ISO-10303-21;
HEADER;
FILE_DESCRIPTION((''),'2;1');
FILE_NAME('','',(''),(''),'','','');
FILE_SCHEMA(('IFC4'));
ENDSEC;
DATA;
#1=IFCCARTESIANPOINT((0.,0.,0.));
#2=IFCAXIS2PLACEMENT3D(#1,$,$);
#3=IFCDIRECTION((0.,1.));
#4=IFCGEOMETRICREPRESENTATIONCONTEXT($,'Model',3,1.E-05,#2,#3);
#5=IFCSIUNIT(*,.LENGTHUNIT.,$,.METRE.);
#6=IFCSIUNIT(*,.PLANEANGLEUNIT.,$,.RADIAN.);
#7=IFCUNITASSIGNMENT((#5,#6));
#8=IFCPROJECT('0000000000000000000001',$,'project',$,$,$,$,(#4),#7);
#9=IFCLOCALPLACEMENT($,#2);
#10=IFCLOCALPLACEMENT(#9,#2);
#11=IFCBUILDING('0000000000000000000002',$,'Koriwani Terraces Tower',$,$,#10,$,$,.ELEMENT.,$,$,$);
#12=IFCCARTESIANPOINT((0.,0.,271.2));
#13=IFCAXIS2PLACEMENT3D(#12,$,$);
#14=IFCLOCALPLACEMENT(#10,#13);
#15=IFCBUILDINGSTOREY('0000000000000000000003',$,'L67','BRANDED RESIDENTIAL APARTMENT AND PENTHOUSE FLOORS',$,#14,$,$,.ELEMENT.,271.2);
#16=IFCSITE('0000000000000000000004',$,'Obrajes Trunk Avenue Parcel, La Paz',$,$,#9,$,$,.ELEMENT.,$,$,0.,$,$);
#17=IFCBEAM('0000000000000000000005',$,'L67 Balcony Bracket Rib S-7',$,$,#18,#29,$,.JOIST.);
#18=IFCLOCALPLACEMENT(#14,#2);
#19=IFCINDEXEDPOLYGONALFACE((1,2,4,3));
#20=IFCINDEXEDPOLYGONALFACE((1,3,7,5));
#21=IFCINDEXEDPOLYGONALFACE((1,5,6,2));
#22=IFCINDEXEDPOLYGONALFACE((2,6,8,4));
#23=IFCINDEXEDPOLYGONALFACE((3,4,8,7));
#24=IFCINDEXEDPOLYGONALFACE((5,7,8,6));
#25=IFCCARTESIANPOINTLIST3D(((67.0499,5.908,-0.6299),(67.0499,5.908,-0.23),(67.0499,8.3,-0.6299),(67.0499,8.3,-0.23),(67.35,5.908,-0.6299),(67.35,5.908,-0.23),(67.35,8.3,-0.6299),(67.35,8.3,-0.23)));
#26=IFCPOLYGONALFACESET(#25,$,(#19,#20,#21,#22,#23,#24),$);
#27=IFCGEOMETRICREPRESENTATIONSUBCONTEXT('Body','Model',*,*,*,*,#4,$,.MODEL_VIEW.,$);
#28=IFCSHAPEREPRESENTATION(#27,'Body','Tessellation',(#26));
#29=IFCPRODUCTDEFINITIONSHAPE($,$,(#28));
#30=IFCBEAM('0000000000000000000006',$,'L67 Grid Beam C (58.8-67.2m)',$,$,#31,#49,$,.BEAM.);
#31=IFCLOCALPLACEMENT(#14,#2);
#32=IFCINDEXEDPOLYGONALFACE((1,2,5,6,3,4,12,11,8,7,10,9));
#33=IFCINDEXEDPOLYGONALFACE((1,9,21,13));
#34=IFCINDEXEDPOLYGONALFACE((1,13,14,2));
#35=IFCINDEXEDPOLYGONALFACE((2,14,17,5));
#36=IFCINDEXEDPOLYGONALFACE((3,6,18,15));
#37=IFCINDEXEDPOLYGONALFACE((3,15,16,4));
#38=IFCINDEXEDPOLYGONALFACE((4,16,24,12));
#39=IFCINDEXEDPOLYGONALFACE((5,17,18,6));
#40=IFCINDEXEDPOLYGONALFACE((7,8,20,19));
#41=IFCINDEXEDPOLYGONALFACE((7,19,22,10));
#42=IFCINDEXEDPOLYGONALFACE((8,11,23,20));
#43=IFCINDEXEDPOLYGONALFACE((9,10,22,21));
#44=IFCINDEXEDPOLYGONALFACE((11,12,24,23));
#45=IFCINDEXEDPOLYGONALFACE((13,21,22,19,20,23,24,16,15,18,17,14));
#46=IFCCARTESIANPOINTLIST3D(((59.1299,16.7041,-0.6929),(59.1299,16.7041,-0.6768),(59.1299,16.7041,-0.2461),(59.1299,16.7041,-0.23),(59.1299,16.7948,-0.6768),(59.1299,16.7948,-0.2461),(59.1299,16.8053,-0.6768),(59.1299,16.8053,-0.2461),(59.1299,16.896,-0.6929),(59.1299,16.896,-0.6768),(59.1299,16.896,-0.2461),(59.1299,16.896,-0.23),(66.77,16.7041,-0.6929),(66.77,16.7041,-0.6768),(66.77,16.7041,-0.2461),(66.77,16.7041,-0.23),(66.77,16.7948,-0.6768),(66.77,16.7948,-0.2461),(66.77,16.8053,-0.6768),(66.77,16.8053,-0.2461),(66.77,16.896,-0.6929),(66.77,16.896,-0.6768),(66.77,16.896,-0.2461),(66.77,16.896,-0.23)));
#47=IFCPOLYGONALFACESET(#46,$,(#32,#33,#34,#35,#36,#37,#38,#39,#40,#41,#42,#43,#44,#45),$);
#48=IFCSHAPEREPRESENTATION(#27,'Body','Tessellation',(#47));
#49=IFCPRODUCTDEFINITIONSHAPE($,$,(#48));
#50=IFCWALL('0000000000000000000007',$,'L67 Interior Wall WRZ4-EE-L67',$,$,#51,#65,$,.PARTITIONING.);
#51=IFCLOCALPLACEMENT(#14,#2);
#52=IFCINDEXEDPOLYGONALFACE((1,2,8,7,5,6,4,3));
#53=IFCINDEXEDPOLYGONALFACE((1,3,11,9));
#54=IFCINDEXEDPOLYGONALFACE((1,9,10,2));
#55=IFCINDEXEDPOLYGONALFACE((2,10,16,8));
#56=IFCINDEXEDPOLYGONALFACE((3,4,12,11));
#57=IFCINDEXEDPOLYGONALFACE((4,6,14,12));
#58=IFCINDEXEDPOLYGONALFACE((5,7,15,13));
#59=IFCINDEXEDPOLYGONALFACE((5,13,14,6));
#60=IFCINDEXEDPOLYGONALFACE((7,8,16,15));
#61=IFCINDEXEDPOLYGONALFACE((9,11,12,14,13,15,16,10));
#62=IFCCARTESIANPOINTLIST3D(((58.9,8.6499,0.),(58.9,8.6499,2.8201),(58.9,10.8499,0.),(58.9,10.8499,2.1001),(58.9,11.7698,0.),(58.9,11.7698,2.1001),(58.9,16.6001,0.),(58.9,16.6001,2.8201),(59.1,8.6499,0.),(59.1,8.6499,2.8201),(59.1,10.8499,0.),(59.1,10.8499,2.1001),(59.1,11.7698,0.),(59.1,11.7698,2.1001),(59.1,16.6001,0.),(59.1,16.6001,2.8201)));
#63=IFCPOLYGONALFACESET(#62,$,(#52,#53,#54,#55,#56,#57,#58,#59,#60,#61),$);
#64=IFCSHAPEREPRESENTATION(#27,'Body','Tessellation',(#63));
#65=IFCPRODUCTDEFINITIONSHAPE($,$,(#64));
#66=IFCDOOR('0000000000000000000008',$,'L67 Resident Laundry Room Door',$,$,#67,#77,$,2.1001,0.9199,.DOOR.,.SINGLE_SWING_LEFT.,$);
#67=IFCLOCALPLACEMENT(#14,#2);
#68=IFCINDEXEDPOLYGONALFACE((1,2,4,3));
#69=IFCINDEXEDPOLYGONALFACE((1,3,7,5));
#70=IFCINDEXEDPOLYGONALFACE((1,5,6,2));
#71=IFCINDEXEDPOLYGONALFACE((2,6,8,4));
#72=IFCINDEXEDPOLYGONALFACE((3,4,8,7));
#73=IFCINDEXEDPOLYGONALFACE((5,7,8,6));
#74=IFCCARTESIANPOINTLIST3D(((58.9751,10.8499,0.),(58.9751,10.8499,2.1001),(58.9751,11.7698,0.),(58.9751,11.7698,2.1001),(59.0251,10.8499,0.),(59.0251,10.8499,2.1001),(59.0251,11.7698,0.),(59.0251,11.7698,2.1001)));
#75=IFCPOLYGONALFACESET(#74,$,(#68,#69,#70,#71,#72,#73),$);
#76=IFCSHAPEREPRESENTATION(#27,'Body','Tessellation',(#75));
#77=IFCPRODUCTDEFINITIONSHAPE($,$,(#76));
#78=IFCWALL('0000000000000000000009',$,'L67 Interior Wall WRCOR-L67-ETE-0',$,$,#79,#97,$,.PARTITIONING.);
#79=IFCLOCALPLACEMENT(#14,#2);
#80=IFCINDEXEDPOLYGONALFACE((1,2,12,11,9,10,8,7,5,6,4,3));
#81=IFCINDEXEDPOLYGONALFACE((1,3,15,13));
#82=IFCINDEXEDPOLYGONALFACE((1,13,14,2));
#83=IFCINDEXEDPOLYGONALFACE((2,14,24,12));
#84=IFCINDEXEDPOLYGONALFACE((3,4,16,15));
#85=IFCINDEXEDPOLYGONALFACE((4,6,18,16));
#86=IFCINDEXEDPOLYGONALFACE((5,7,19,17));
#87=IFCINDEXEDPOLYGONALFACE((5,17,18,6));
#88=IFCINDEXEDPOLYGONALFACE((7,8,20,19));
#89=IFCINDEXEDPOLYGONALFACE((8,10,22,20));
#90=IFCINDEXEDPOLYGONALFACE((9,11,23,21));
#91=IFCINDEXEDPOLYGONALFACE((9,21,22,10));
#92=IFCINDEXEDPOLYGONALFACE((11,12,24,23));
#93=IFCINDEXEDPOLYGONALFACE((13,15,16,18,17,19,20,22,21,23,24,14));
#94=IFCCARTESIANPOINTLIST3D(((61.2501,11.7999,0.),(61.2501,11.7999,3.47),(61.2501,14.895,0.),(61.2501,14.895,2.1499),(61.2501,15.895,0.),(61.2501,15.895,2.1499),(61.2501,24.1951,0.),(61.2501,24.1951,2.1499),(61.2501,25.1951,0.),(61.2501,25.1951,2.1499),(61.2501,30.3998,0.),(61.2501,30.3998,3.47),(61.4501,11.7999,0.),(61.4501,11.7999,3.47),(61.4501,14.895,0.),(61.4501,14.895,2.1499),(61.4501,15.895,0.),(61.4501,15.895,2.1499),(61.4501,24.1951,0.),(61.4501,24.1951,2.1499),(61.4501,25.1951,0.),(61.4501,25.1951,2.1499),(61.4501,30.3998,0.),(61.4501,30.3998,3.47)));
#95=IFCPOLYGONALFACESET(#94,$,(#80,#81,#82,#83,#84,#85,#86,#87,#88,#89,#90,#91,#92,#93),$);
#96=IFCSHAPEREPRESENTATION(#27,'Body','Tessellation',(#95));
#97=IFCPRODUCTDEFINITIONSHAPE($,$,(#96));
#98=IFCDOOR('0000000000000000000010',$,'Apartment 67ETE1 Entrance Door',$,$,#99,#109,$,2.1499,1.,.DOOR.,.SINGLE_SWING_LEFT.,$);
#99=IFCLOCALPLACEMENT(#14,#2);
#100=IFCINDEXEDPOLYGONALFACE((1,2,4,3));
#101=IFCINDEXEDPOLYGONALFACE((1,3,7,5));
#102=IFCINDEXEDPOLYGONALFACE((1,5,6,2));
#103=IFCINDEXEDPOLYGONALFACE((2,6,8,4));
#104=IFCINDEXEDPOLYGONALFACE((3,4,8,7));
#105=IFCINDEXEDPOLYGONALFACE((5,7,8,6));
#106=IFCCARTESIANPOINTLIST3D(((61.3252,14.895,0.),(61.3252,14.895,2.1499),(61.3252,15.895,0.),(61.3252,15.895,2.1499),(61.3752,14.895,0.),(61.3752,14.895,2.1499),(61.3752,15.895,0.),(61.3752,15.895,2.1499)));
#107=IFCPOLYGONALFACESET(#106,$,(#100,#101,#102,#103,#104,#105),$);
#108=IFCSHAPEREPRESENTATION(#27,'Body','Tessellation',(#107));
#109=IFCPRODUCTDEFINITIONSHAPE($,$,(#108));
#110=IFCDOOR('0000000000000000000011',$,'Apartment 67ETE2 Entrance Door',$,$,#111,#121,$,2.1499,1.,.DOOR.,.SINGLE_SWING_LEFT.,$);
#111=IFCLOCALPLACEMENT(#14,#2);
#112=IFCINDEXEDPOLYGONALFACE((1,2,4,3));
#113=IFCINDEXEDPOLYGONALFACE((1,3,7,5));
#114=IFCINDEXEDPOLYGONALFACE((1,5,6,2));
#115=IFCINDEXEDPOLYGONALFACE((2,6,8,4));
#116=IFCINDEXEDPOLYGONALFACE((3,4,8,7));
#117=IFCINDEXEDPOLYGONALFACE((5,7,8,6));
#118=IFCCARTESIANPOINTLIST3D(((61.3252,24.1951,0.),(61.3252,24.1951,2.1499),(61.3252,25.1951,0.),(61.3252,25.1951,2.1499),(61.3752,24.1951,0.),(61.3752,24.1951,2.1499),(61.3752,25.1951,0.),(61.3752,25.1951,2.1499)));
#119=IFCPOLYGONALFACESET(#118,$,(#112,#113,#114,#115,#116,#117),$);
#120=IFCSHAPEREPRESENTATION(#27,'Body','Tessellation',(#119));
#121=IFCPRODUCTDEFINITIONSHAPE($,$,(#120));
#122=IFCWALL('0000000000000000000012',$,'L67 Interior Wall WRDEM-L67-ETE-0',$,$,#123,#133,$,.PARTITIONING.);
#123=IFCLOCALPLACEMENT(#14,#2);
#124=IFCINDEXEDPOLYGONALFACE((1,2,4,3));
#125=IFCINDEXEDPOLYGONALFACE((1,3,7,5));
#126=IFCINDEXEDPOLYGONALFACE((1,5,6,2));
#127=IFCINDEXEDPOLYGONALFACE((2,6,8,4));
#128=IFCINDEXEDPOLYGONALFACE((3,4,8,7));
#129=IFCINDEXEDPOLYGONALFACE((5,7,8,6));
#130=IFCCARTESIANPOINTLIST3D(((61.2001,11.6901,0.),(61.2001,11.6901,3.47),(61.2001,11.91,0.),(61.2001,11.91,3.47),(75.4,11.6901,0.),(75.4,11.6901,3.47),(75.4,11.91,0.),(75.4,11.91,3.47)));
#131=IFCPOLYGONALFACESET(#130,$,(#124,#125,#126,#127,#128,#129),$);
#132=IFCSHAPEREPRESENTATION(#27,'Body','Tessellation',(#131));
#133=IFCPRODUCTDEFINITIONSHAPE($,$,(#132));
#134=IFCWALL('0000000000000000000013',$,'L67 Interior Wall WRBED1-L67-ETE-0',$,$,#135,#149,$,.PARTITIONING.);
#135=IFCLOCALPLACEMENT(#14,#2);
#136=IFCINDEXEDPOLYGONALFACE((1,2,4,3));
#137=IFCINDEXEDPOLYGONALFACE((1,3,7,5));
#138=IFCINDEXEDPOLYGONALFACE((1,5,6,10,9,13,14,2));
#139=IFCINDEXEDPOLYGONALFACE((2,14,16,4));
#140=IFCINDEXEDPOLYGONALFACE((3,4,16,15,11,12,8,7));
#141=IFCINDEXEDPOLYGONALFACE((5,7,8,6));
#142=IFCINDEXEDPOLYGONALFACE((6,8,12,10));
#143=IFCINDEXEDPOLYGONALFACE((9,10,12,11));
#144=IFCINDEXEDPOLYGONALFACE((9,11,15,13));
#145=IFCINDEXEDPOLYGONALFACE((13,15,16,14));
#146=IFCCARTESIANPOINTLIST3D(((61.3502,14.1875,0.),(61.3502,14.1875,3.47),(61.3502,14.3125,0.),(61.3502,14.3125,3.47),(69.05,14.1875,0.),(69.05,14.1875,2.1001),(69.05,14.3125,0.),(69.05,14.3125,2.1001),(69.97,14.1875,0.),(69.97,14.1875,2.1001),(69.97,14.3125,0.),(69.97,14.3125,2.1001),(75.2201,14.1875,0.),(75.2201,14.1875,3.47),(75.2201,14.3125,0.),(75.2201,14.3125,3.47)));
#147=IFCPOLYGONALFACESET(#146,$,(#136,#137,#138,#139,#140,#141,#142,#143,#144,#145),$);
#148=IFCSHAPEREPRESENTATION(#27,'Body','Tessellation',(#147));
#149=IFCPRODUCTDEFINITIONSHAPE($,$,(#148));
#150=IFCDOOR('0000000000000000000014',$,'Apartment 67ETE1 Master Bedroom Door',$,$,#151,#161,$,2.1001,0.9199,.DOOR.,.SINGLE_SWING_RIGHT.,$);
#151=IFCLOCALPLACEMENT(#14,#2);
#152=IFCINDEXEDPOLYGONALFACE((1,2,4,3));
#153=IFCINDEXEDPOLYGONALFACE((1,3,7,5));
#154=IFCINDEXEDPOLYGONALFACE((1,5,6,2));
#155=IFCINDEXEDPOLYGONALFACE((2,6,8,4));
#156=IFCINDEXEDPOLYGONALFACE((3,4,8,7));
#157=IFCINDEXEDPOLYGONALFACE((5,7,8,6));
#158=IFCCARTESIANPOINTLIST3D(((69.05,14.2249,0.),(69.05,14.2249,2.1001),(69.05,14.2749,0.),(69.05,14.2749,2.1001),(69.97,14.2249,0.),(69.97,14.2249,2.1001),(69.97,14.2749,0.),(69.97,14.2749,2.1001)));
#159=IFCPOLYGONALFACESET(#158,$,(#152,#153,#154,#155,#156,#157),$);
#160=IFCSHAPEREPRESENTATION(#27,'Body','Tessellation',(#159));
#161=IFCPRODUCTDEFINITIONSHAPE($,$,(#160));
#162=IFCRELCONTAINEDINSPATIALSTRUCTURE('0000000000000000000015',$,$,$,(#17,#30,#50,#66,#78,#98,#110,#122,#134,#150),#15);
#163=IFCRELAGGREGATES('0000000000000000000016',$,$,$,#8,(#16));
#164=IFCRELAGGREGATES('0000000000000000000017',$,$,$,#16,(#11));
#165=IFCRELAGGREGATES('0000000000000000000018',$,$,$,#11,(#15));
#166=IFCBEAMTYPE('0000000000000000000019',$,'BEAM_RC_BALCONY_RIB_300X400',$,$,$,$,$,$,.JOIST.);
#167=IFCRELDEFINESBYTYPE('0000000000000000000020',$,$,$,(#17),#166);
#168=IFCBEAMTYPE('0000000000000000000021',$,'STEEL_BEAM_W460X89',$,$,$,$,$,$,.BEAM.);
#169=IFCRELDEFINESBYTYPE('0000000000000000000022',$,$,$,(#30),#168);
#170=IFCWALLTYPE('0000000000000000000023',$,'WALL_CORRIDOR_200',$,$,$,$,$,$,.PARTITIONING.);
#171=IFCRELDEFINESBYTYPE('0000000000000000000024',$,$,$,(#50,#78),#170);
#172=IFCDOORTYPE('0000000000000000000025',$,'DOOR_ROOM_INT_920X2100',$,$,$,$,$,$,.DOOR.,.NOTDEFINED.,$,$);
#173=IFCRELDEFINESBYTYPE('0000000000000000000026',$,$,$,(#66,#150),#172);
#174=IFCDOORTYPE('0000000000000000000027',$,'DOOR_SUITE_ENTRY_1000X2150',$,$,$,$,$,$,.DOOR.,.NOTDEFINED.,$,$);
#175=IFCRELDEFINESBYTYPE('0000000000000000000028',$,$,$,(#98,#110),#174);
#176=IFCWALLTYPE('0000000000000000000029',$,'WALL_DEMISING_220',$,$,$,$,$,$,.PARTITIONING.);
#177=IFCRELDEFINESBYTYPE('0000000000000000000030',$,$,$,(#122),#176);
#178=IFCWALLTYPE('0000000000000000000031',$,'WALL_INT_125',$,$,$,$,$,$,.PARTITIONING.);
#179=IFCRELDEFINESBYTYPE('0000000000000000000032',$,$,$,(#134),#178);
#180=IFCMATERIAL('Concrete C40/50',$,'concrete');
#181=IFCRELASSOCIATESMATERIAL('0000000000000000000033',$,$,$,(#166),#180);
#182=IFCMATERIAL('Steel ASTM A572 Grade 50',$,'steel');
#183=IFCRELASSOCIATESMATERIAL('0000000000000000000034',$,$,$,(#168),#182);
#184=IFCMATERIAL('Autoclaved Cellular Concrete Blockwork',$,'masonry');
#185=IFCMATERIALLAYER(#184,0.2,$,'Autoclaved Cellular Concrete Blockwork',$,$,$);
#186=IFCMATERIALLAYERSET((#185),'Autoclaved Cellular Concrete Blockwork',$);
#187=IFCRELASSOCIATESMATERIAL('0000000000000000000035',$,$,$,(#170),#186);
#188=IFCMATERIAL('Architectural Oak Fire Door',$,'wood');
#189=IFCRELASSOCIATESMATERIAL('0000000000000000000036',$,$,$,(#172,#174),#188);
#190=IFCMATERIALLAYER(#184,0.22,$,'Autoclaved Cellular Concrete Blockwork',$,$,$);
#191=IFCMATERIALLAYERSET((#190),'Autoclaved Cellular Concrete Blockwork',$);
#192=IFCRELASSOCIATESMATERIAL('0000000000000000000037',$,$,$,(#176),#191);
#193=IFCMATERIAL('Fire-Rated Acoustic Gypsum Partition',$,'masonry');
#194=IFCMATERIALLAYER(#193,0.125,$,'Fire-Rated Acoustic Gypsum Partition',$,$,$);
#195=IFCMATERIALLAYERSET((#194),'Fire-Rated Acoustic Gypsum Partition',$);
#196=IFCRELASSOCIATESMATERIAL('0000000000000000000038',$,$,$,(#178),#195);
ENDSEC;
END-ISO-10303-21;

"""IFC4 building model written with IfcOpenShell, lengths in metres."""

from ifc_helpers import new_model, si_unit, direction, frame, frame_2d, origin, origin_2d, place, context, subcontext, project, spatial, rectangle, i_section, extrude, material, layer, layer_set, material_profile, profile_set, type_object, element, fill, save


model = new_model("IFC4")

# Units and contexts
model_context = context("Model", 3, precision=1e-05, world=origin(), true_north=direction((0.0, 1.0)))
body_context = subcontext(model_context, "Body", "Model", "MODEL_VIEW")
ifc_project = project(units=[si_unit("LENGTHUNIT", "METRE"), si_unit("PLANEANGLEUNIT", "RADIAN")], contexts=[model_context])

# Site, building, storey
site_placement = place(None, origin())
site = spatial("IfcSite", under=ifc_project, at=site_placement, Name="Obrajes Trunk Avenue Parcel, La Paz", CompositionType="ELEMENT", RefElevation=0.0)
building_placement = place(site_placement, origin())
building = spatial("IfcBuilding", under=site, at=building_placement, Name="Koriwani Terraces Tower", CompositionType="ELEMENT")
storey_placement = place(building_placement, frame((0.0, 0.0, 271.2)))
storey = spatial("IfcBuildingStorey", under=building, at=storey_placement, Name="L67", Description="BRANDED RESIDENTIAL APARTMENT AND PENTHOUSE FLOORS", CompositionType="ELEMENT", Elevation=271.2)

# Beams
ifc_material_1 = material(Name="Concrete C40/50", Category="concrete")
ifc_material_profile_1 = material_profile(ifc_material_1, rectangle(XDim=0.3, YDim=0.3999, at=origin_2d()), Name="Concrete C40/50", Category="LoadBearing")
ifc_profile_set_1 = profile_set([ifc_material_profile_1], Name="Concrete C40/50")
beam_type_1 = type_object("IfcBeamType", Name="BEAM_RC_BALCONY_RIB_300X400", PredefinedType="JOIST", material=ifc_profile_set_1)
beam_1_placement = place(storey_placement, frame((67.2, 5.908, -0.4299), z_axis=(0.0, 1.0, 0.0), x_axis=(-1.0, 0.0, 0.0)))
element("IfcBeam", 1, at=beam_1_placement, inside=storey, type_object=beam_type_1, Name="L67 Balcony Bracket Rib S-7", PredefinedType="JOIST", context=body_context, shape_type="SweptSolid", body=[
    extrude(rectangle(XDim=0.3, YDim=0.3999, at=origin_2d()), origin(), (0.0, 0.0, 1.0), 2.3921),
])
ifc_material_2 = material(Name="Steel ASTM A572 Grade 50", Category="steel")
ifc_material_profile_2 = material_profile(ifc_material_2, i_section(OverallWidth=0.1919, OverallDepth=0.4629, WebThickness=0.0105, FlangeThickness=0.0161, at=origin_2d()), Name="Steel ASTM A572 Grade 50", Category="LoadBearing")
ifc_profile_set_2 = profile_set([ifc_material_profile_2], Name="Steel ASTM A572 Grade 50")
beam_type_2 = type_object("IfcBeamType", Name="STEEL_BEAM_W460X89", PredefinedType="BEAM", material=ifc_profile_set_2)
beam_2_placement = place(storey_placement, frame((59.1299, 16.8, -0.4614), z_axis=(1.0, 0.0, 0.0), x_axis=(0.0, 1.0, 0.0)))
element("IfcBeam", 2, at=beam_2_placement, inside=storey, type_object=beam_type_2, Name="L67 Grid Beam C (58.8-67.2m)", PredefinedType="BEAM", context=body_context, shape_type="SweptSolid", body=[
    extrude(i_section(OverallWidth=0.1919, OverallDepth=0.4629, WebThickness=0.0105, FlangeThickness=0.0161, at=origin_2d()), origin(), (0.0, 0.0, 1.0), 7.6401),
])

# Wall, opening, door
ifc_material_3 = material(Name="Autoclaved Cellular Concrete Blockwork", Category="masonry")
ifc_layer_1 = layer(ifc_material_3, 0.2, Name="Autoclaved Cellular Concrete Blockwork")
ifc_layer_set_1 = layer_set([ifc_layer_1], Name="Autoclaved Cellular Concrete Blockwork")
wall_type_1 = type_object("IfcWallType", Name="WALL_CORRIDOR_200", PredefinedType="PARTITIONING", material=ifc_layer_set_1)
wall_1_placement = place(storey_placement, frame((59.0, 8.6499, 0.0), z_axis=(0.0, 0.0, 1.0), x_axis=(0.0, 1.0, 0.0)))
wall_1 = element("IfcWall", 3, at=wall_1_placement, inside=storey, type_object=wall_type_1, Name="L67 Interior Wall WRZ4-EE-L67", PredefinedType="PARTITIONING", context=body_context, shape_type="SweptSolid", body=[
    extrude(rectangle(XDim=7.9502, YDim=0.2, at=frame_2d((3.9751, 0.0))), origin(), (0.0, 0.0, 1.0), 2.8201),
])
opening_1_placement = place(wall_1_placement, frame((2.2, 0.0, 0.0)))
opening_1 = element("IfcOpeningElement", 4, at=opening_1_placement, cuts=wall_1, PredefinedType="OPENING", context=body_context, shape_type="SweptSolid", body=[
    extrude(rectangle(XDim=0.9199, YDim=2.1001, at=frame_2d((0.46, 1.05))), frame((0.0, 0.1099, 0.0), z_axis=(0.0, -1.0, 0.0), x_axis=(1.0, 0.0, 0.0)), (0.0, 0.0, 1.0), 0.22),
])
ifc_material_4 = material(Name="Architectural Oak Fire Door", Category="wood")
door_type_1 = type_object("IfcDoorType", Name="DOOR_ROOM_INT_920X2100", OperationType="NOTDEFINED", PredefinedType="DOOR", material=ifc_material_4)
door_1_placement = place(opening_1_placement, origin())
door_1 = element("IfcDoor", 5, at=door_1_placement, inside=storey, type_object=door_type_1, Name="L67 Resident Laundry Room Door", OperationType="SINGLE_SWING_LEFT", OverallHeight=2.1001, OverallWidth=0.9199, PredefinedType="DOOR", context=body_context, shape_type="SweptSolid", body=[
    extrude(rectangle(XDim=0.9199, YDim=2.1001, at=frame_2d((0.46, 1.05))), frame((0.0, 0.0249, 0.0), z_axis=(0.0, -1.0, 0.0), x_axis=(1.0, 0.0, 0.0)), (0.0, 0.0, 1.0), 0.05),
])
fill(opening_1, door_1)

# Wall, openings, doors
wall_2_placement = place(storey_placement, frame((61.3501, 11.8, 0.0), z_axis=(0.0, 0.0, 1.0), x_axis=(0.0, 1.0, 0.0)))
wall_2 = element("IfcWall", 6, at=wall_2_placement, inside=storey, type_object=wall_type_1, Name="L67 Interior Wall WRCOR-L67-ETE-0", PredefinedType="PARTITIONING", context=body_context, shape_type="SweptSolid", body=[
    extrude(rectangle(XDim=18.5999, YDim=0.2, at=frame_2d((9.2998, 0.0))), origin(), (0.0, 0.0, 1.0), 3.47),
])
opening_2_placement = place(wall_2_placement, frame((3.095, 0.0, 0.0)))
opening_2 = element("IfcOpeningElement", 7, at=opening_2_placement, cuts=wall_2, PredefinedType="OPENING", context=body_context, shape_type="SweptSolid", body=[
    extrude(rectangle(XDim=1.0, YDim=2.1499, at=frame_2d((0.5, 1.075))), frame((0.0, 0.1099, 0.0), z_axis=(0.0, -1.0, 0.0), x_axis=(1.0, 0.0, 0.0)), (0.0, 0.0, 1.0), 0.22),
])
opening_3_placement = place(wall_2_placement, frame((12.395, 0.0, 0.0)))
opening_3 = element("IfcOpeningElement", 8, at=opening_3_placement, cuts=wall_2, PredefinedType="OPENING", context=body_context, shape_type="SweptSolid", body=[
    extrude(rectangle(XDim=1.0, YDim=2.1499, at=frame_2d((0.5, 1.075))), frame((0.0, 0.1099, 0.0), z_axis=(0.0, -1.0, 0.0), x_axis=(1.0, 0.0, 0.0)), (0.0, 0.0, 1.0), 0.22),
])
door_type_2 = type_object("IfcDoorType", Name="DOOR_SUITE_ENTRY_1000X2150", OperationType="NOTDEFINED", PredefinedType="DOOR", material=ifc_material_4)
door_2_placement = place(opening_2_placement, origin())
door_2 = element("IfcDoor", 9, at=door_2_placement, inside=storey, type_object=door_type_2, Name="Apartment 67ETE1 Entrance Door", OperationType="SINGLE_SWING_LEFT", OverallHeight=2.1499, OverallWidth=1.0, PredefinedType="DOOR", context=body_context, shape_type="SweptSolid", body=[
    extrude(rectangle(XDim=1.0, YDim=2.1499, at=frame_2d((0.5, 1.075))), frame((0.0, 0.0249, 0.0), z_axis=(0.0, -1.0, 0.0), x_axis=(1.0, 0.0, 0.0)), (0.0, 0.0, 1.0), 0.05),
])
fill(opening_2, door_2)
door_3_placement = place(opening_3_placement, origin())
door_3 = element("IfcDoor", 10, at=door_3_placement, inside=storey, type_object=door_type_2, Name="Apartment 67ETE2 Entrance Door", OperationType="SINGLE_SWING_LEFT", OverallHeight=2.1499, OverallWidth=1.0, PredefinedType="DOOR", context=body_context, shape_type="SweptSolid", body=[
    extrude(rectangle(XDim=1.0, YDim=2.1499, at=frame_2d((0.5, 1.075))), frame((0.0, 0.0249, 0.0), z_axis=(0.0, -1.0, 0.0), x_axis=(1.0, 0.0, 0.0)), (0.0, 0.0, 1.0), 0.05),
])
fill(opening_3, door_3)

# Wall
ifc_layer_2 = layer(ifc_material_3, 0.22, Name="Autoclaved Cellular Concrete Blockwork")
ifc_layer_set_2 = layer_set([ifc_layer_2], Name="Autoclaved Cellular Concrete Blockwork")
wall_type_2 = type_object("IfcWallType", Name="WALL_DEMISING_220", PredefinedType="PARTITIONING", material=ifc_layer_set_2)
wall_3_placement = place(storey_placement, frame((61.2, 11.8, 0.0), z_axis=(0.0, 0.0, 1.0), x_axis=(1.0, 0.0, 0.0)))
element("IfcWall", 11, at=wall_3_placement, inside=storey, type_object=wall_type_2, Name="L67 Interior Wall WRDEM-L67-ETE-0", PredefinedType="PARTITIONING", context=body_context, shape_type="SweptSolid", body=[
    extrude(rectangle(XDim=14.2, YDim=0.22, at=frame_2d((7.1001, 0.0))), origin(), (0.0, 0.0, 1.0), 3.47),
])

# Wall, opening, door
ifc_material_5 = material(Name="Fire-Rated Acoustic Gypsum Partition", Category="masonry")
ifc_layer_3 = layer(ifc_material_5, 0.125, Name="Fire-Rated Acoustic Gypsum Partition")
ifc_layer_set_3 = layer_set([ifc_layer_3], Name="Fire-Rated Acoustic Gypsum Partition")
wall_type_3 = type_object("IfcWallType", Name="WALL_INT_125", PredefinedType="PARTITIONING", material=ifc_layer_set_3)
wall_4_placement = place(storey_placement, frame((61.3501, 14.25, 0.0), z_axis=(0.0, 0.0, 1.0), x_axis=(1.0, 0.0, 0.0)))
wall_4 = element("IfcWall", 12, at=wall_4_placement, inside=storey, type_object=wall_type_3, Name="L67 Interior Wall WRBED1-L67-ETE-0", PredefinedType="PARTITIONING", context=body_context, shape_type="SweptSolid", body=[
    extrude(rectangle(XDim=13.8699, YDim=0.125, at=frame_2d((6.9351, 0.0))), origin(), (0.0, 0.0, 1.0), 3.47),
])
opening_4_placement = place(wall_4_placement, frame((7.7, 0.0, 0.0)))
opening_4 = element("IfcOpeningElement", 13, at=opening_4_placement, cuts=wall_4, PredefinedType="OPENING", context=body_context, shape_type="SweptSolid", body=[
    extrude(rectangle(XDim=0.9199, YDim=2.1001, at=frame_2d((0.46, 1.05))), frame((0.0, 0.0725, 0.0), z_axis=(0.0, -1.0, 0.0), x_axis=(1.0, 0.0, 0.0)), (0.0, 0.0, 1.0), 0.145),
])
door_4_placement = place(opening_4_placement, origin())
door_4 = element("IfcDoor", 14, at=door_4_placement, inside=storey, type_object=door_type_1, Name="Apartment 67ETE1 Master Bedroom Door", OperationType="SINGLE_SWING_RIGHT", OverallHeight=2.1001, OverallWidth=0.9199, PredefinedType="DOOR", context=body_context, shape_type="SweptSolid", body=[
    extrude(rectangle(XDim=0.9199, YDim=2.1001, at=frame_2d((0.46, 1.05))), frame((0.0, 0.0249, 0.0), z_axis=(0.0, -1.0, 0.0), x_axis=(1.0, 0.0, 0.0)), (0.0, 0.0, 1.0), 0.05),
])
fill(opening_4, door_4)

save(model, "model.ifc")
